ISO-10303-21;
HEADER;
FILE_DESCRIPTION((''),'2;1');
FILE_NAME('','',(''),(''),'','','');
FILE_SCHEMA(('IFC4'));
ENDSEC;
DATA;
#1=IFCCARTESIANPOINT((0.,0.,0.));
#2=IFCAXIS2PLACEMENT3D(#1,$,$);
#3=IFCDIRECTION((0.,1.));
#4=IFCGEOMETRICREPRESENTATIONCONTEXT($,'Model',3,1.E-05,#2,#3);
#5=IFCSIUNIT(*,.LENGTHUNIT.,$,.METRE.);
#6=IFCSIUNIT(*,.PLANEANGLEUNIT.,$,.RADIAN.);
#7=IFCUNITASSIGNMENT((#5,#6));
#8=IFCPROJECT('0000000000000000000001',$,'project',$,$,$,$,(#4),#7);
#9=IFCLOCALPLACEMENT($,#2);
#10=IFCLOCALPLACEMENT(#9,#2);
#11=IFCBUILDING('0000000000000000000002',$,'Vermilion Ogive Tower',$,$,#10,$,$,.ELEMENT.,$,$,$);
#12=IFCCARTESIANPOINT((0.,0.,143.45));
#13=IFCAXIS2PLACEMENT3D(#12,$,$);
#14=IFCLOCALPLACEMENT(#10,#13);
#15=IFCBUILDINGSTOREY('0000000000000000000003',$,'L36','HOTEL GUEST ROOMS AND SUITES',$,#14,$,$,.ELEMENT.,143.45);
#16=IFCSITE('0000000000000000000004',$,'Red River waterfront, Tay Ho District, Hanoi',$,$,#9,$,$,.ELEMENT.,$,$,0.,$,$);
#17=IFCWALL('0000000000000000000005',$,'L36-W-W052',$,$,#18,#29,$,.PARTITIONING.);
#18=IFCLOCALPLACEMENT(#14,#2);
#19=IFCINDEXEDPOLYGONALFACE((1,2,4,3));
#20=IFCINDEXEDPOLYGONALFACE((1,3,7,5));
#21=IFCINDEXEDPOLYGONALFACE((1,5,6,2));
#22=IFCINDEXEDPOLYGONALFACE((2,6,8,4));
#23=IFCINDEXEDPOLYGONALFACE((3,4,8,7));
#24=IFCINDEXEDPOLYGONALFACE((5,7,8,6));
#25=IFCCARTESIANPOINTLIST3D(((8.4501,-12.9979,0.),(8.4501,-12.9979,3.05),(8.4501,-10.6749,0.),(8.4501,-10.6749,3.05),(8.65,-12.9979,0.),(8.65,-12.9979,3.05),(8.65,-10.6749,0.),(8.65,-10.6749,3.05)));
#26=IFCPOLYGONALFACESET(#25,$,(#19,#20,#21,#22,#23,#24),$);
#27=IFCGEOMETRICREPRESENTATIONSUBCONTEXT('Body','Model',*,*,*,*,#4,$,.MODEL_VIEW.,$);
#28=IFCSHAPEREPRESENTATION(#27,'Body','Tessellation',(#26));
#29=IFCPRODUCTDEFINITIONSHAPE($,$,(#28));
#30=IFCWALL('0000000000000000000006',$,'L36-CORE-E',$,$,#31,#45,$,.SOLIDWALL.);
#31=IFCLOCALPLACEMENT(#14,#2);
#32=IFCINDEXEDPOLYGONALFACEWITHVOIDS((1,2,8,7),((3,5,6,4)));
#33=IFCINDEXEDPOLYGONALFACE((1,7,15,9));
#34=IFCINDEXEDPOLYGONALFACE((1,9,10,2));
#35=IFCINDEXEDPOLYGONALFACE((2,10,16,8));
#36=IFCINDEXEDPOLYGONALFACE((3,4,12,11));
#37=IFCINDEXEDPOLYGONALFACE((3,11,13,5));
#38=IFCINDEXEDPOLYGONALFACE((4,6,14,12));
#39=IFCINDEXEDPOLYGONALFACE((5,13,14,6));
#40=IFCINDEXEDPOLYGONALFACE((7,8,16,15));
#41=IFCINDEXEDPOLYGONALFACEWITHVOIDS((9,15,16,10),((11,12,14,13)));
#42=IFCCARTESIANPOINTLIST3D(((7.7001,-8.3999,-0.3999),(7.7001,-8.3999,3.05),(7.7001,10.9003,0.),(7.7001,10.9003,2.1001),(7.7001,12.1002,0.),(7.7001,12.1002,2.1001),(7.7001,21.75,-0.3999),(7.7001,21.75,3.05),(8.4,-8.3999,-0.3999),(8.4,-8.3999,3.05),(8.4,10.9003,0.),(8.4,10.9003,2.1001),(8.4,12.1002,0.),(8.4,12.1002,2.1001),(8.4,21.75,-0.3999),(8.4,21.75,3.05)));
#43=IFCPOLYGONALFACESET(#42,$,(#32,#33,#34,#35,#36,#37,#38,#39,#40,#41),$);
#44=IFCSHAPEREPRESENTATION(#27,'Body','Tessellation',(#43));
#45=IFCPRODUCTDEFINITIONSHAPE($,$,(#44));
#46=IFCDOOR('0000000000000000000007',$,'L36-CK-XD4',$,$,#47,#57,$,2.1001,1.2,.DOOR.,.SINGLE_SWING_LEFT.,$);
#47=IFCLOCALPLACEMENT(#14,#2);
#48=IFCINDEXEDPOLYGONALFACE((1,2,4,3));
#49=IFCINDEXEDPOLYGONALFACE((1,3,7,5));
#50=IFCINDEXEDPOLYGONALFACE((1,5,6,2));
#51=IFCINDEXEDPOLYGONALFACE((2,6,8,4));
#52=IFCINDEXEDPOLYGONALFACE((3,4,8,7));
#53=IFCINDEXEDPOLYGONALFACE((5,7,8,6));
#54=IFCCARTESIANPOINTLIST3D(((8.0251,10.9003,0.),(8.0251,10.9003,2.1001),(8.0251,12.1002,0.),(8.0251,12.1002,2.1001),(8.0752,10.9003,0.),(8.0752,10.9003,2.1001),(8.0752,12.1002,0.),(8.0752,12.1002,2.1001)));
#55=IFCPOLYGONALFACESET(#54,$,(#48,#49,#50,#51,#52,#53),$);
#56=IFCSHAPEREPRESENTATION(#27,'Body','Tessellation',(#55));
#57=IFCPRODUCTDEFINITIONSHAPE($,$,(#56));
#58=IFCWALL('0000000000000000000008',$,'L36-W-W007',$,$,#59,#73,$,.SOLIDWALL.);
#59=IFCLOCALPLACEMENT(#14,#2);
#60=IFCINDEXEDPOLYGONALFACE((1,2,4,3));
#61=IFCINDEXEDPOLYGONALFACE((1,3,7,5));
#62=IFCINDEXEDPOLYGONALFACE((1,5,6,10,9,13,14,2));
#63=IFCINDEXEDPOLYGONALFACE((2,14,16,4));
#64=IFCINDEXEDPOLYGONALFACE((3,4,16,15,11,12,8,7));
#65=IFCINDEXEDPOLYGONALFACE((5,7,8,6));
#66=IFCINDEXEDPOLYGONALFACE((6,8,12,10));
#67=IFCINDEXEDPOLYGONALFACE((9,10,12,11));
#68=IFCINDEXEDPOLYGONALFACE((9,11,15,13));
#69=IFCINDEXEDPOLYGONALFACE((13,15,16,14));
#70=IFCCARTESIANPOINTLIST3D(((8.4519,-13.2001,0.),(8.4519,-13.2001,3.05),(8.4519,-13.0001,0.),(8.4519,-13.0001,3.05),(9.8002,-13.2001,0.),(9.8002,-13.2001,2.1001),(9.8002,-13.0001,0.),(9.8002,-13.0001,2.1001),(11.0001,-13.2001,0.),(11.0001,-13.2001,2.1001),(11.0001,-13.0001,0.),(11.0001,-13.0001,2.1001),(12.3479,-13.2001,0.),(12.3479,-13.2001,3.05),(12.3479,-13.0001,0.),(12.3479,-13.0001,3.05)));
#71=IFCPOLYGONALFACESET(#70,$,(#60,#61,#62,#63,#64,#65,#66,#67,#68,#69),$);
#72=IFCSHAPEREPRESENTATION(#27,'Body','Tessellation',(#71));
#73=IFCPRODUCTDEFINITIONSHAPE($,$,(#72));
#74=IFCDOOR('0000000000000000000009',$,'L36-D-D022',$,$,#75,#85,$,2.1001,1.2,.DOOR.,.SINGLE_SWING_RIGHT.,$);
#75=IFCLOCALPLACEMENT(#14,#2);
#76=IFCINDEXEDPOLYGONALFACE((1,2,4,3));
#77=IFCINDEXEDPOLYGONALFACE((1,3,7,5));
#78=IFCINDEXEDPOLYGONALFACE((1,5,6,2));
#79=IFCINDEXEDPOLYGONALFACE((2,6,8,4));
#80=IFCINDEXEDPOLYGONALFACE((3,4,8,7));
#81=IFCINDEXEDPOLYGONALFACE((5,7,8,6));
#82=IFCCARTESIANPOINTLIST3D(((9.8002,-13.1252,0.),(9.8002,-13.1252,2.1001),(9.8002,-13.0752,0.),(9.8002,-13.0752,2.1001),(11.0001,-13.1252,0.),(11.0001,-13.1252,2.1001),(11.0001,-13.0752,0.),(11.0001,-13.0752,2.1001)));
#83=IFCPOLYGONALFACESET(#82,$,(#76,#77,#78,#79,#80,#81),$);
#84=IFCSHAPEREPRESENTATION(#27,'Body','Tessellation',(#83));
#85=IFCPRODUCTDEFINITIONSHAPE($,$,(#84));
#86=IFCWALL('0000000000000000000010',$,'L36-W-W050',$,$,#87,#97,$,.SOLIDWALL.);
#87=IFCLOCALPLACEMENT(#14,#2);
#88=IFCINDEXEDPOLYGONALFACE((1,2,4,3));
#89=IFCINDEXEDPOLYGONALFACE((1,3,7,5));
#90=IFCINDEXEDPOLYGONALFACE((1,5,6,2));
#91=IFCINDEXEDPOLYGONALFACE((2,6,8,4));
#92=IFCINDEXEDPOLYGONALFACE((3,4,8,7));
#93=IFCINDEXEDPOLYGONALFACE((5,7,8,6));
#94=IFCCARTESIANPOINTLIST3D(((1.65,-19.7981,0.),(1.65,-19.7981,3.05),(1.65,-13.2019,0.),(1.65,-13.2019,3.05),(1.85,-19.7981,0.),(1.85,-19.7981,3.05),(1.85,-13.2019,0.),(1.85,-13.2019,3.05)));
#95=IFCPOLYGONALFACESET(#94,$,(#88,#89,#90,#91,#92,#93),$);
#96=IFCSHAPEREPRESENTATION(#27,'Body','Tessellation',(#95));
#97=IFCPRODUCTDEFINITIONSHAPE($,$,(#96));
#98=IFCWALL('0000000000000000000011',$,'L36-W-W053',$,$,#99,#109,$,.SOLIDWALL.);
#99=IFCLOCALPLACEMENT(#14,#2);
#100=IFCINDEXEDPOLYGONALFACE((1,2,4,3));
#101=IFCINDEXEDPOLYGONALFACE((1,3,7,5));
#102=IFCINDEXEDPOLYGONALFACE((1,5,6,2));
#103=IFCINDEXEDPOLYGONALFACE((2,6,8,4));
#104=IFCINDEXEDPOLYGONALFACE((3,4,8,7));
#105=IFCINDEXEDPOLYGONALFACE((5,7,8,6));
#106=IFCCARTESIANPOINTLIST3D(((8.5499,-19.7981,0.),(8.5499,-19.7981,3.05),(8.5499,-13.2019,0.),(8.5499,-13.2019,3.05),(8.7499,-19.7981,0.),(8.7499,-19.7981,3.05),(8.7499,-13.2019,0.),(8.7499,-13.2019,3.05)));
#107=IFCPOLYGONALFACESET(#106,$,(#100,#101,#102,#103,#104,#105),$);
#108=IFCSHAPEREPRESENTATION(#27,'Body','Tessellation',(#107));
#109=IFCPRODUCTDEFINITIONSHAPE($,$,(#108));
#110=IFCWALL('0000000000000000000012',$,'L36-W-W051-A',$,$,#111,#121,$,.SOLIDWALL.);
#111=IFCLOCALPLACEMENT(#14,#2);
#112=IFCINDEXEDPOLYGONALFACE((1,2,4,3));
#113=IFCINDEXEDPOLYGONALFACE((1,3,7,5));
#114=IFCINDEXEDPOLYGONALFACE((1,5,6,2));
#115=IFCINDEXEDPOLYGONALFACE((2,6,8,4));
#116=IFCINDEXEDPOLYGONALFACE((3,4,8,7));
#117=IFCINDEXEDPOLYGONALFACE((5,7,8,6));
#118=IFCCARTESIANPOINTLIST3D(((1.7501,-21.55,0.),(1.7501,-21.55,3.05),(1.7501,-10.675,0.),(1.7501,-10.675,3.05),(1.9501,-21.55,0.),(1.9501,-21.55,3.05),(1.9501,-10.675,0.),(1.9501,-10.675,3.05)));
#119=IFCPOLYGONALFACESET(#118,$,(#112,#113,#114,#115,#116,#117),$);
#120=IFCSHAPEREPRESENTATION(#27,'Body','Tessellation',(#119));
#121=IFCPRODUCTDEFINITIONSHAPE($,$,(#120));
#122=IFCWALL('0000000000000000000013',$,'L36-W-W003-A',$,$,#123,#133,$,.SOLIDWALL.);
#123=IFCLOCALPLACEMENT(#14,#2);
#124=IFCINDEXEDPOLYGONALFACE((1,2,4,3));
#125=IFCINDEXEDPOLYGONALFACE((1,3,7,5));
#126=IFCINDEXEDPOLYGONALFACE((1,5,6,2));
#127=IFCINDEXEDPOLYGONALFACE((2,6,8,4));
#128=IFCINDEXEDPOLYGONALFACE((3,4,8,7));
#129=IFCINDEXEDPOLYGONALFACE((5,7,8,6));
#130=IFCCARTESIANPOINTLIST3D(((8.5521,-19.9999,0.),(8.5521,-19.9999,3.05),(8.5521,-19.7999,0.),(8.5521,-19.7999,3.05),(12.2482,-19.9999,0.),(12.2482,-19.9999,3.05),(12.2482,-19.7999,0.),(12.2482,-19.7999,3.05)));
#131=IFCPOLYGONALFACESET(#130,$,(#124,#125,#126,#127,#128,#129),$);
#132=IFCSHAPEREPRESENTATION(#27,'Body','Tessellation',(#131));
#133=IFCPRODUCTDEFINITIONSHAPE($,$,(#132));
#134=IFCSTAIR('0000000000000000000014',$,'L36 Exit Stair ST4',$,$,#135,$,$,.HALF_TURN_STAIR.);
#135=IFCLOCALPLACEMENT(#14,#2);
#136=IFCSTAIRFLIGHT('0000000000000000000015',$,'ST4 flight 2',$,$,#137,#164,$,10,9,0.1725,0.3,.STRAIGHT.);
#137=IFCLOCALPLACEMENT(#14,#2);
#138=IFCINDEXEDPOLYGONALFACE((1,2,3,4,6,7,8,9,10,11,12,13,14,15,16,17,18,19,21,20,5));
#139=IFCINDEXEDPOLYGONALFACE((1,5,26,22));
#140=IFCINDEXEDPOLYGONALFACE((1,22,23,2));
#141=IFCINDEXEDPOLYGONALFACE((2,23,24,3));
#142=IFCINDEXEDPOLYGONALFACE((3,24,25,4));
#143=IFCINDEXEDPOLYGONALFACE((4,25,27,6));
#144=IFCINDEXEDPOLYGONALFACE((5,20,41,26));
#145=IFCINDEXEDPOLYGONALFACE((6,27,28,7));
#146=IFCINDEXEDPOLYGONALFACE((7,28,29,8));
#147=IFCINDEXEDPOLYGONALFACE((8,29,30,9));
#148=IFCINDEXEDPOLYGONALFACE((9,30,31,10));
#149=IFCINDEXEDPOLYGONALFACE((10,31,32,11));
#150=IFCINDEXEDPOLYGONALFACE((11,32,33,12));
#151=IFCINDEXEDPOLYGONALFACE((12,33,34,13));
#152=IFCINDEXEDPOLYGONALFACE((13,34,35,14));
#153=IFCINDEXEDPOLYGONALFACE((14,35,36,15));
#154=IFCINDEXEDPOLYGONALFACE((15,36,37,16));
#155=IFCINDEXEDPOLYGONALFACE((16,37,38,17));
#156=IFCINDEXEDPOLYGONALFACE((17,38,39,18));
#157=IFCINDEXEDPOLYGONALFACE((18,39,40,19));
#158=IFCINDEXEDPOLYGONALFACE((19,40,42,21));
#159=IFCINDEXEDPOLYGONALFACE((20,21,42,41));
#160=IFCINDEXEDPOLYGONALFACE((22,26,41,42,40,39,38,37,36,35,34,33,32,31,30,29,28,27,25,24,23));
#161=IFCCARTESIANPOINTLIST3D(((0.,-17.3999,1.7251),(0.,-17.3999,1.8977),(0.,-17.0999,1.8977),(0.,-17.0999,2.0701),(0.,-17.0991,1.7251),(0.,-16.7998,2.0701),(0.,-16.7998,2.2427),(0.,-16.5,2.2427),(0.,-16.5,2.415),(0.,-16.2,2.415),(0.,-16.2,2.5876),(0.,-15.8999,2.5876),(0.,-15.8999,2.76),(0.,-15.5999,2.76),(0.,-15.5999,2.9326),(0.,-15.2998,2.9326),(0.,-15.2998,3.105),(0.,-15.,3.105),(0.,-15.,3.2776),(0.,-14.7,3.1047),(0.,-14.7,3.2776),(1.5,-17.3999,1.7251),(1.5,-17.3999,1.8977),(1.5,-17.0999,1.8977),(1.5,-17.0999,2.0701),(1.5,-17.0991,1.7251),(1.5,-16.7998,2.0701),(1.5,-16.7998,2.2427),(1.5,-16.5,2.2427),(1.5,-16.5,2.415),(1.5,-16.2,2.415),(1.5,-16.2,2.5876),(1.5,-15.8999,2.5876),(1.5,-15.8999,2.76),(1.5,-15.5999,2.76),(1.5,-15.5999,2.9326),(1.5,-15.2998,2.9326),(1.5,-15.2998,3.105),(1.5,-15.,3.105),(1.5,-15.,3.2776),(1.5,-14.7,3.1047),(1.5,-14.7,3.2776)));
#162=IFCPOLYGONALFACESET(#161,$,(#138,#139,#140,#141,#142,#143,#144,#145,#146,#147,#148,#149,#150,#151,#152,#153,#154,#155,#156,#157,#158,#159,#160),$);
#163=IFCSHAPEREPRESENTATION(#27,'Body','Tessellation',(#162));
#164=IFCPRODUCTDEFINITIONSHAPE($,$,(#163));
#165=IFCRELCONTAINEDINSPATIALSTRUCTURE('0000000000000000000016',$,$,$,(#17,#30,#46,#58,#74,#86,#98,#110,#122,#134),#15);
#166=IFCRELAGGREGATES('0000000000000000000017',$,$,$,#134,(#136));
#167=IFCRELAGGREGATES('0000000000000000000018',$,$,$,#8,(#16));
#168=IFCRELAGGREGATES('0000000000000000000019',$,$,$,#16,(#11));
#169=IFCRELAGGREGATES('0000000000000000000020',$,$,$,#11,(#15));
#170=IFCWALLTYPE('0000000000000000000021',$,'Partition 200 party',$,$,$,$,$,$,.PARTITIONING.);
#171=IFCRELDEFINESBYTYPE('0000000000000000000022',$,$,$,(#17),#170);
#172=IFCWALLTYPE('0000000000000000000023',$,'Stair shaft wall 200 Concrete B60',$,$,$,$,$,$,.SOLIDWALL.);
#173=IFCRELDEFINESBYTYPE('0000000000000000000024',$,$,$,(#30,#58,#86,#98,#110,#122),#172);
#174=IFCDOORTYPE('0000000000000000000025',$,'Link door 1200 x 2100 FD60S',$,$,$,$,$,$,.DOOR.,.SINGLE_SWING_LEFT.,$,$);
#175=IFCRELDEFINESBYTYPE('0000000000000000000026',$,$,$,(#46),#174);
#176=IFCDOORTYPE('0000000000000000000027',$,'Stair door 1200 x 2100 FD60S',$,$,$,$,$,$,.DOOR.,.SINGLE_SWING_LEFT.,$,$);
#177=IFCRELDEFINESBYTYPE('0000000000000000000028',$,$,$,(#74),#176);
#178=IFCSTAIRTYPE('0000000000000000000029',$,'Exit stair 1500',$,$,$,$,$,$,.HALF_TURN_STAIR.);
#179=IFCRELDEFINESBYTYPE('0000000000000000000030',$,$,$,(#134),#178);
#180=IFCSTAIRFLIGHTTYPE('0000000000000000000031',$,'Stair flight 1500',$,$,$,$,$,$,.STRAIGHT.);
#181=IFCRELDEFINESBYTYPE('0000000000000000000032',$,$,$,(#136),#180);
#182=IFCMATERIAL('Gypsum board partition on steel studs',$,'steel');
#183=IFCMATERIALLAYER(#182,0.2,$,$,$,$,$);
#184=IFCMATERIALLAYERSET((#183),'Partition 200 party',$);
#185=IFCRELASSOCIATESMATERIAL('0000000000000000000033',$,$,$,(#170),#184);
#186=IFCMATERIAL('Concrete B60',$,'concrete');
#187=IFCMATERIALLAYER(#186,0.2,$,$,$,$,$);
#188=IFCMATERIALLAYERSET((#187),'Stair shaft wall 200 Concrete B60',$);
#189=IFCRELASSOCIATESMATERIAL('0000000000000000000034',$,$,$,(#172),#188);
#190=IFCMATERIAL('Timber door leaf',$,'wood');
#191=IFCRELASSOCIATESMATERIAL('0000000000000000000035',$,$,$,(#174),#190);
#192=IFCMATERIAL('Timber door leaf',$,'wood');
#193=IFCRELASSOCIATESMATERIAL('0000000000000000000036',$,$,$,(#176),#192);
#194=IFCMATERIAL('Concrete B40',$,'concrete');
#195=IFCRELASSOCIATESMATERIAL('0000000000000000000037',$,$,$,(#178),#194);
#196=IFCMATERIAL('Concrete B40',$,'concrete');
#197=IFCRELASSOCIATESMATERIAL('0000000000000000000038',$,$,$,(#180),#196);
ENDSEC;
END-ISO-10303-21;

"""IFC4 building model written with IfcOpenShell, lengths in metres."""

from ifc_helpers import new_model, si_unit, direction, frame, frame_2d, origin, place, context, subcontext, project, spatial, polyline, rectangle, outline, extrude, material, layer, layer_set, type_object, element, fill, aggregate, save


model = new_model("IFC4")

# Units and contexts
model_context = context("Model", 3, precision=1e-05, world=origin(), true_north=direction((0.0, 1.0)))
body_context = subcontext(model_context, "Body", "Model", "MODEL_VIEW")
ifc_project = project(units=[si_unit("LENGTHUNIT", "METRE"), si_unit("PLANEANGLEUNIT", "RADIAN")], contexts=[model_context])

# Site, building, storey
site_placement = place(None, origin())
site = spatial("IfcSite", under=ifc_project, at=site_placement, Name="Red River waterfront, Tay Ho District, Hanoi", CompositionType="ELEMENT", RefElevation=0.0)
building_placement = place(site_placement, origin())
building = spatial("IfcBuilding", under=site, at=building_placement, Name="Vermilion Ogive Tower", CompositionType="ELEMENT")
storey_placement = place(building_placement, frame((0.0, 0.0, 143.45)))
storey = spatial("IfcBuildingStorey", under=building, at=storey_placement, Name="L36", Description="HOTEL GUEST ROOMS AND SUITES", CompositionType="ELEMENT", Elevation=143.45)

# Wall
ifc_material_1 = material(Name="Gypsum board partition on steel studs", Category="steel")
ifc_layer_1 = layer(ifc_material_1, 0.2)
ifc_layer_set_1 = layer_set([ifc_layer_1], Name="Partition 200 party")
wall_type_1 = type_object("IfcWallType", Name="Partition 200 party", PredefinedType="PARTITIONING", material=ifc_layer_set_1)
wall_1_placement = place(storey_placement, frame((8.55, -12.998, 0.0), z_axis=(0.0, 0.0, 1.0), x_axis=(0.0, 1.0, 0.0)))
element("IfcWall", 1, at=wall_1_placement, inside=storey, type_object=wall_type_1, Name="L36-W-W052", PredefinedType="PARTITIONING", context=body_context, shape_type="SweptSolid", body=[
    extrude(rectangle(XDim=2.323, YDim=0.2, at=frame_2d((1.1616, 0.0))), origin(), (0.0, 0.0, 1.0), 3.05),
])

# Walls, openings, doors
ifc_material_2 = material(Name="Concrete B60", Category="concrete")
ifc_layer_2 = layer(ifc_material_2, 0.2)
ifc_layer_set_2 = layer_set([ifc_layer_2], Name="Stair shaft wall 200 Concrete B60")
wall_type_2 = type_object("IfcWallType", Name="Stair shaft wall 200 Concrete B60", PredefinedType="SOLIDWALL", material=ifc_layer_set_2)
wall_2_placement = place(storey_placement, frame((8.05, -8.3999, -0.3999), z_axis=(0.0, 0.0, 1.0), x_axis=(0.0, 1.0, 0.0)))
wall_2 = element("IfcWall", 2, at=wall_2_placement, inside=storey, type_object=wall_type_2, Name="L36-CORE-E", PredefinedType="SOLIDWALL", context=body_context, shape_type="SweptSolid", body=[
    extrude(rectangle(XDim=30.1499, YDim=0.7, at=frame_2d((15.075, 0.0))), origin(), (0.0, 0.0, 1.0), 3.45),
])
opening_1_placement = place(wall_2_placement, frame((19.3, 0.0, 0.3999)))
opening_1 = element("IfcOpeningElement", 3, at=opening_1_placement, cuts=wall_2, PredefinedType="OPENING", context=body_context, shape_type="SweptSolid", body=[
    extrude(rectangle(XDim=1.2, YDim=2.1001, at=frame_2d((0.6001, 1.05))), frame((0.0, 0.3599, 0.0), z_axis=(0.0, -1.0, 0.0), x_axis=(1.0, 0.0, 0.0)), (0.0, 0.0, 1.0), 0.72),
])
ifc_material_3 = material(Name="Timber door leaf", Category="wood")
door_type_1 = type_object("IfcDoorType", Name="Link door 1200 x 2100 FD60S", OperationType="SINGLE_SWING_LEFT", PredefinedType="DOOR", material=ifc_material_3)
door_1_placement = place(opening_1_placement, origin())
door_1 = element("IfcDoor", 4, at=door_1_placement, inside=storey, type_object=door_type_1, Name="L36-CK-XD4", OperationType="SINGLE_SWING_LEFT", OverallHeight=2.1001, OverallWidth=1.2, PredefinedType="DOOR", context=body_context, shape_type="SweptSolid", body=[
    extrude(rectangle(XDim=1.2, YDim=2.1001, at=frame_2d((0.6001, 1.05))), frame((0.0, 0.0249, 0.0), z_axis=(0.0, -1.0, 0.0), x_axis=(1.0, 0.0, 0.0)), (0.0, 0.0, 1.0), 0.05),
])
fill(opening_1, door_1)
wall_3_placement = place(storey_placement, frame((8.4519, -13.1001, 0.0), z_axis=(0.0, 0.0, 1.0), x_axis=(1.0, 0.0, 0.0)))
wall_3 = element("IfcWall", 5, at=wall_3_placement, inside=storey, type_object=wall_type_2, Name="L36-W-W007", PredefinedType="SOLIDWALL", context=body_context, shape_type="SweptSolid", body=[
    extrude(rectangle(XDim=3.896, YDim=0.2, at=frame_2d((1.948, 0.0))), origin(), (0.0, 0.0, 1.0), 3.05),
])
opening_2_placement = place(wall_3_placement, frame((1.3481, 0.0, 0.0)))
opening_2 = element("IfcOpeningElement", 6, at=opening_2_placement, cuts=wall_3, PredefinedType="OPENING", context=body_context, shape_type="SweptSolid", body=[
    extrude(rectangle(XDim=1.2, YDim=2.1001, at=frame_2d((0.6001, 1.05))), frame((0.0, 0.1099, 0.0), z_axis=(0.0, -1.0, 0.0), x_axis=(1.0, 0.0, 0.0)), (0.0, 0.0, 1.0), 0.22),
])
ifc_material_4 = material(Name="Timber door leaf", Category="wood")
door_type_2 = type_object("IfcDoorType", Name="Stair door 1200 x 2100 FD60S", OperationType="SINGLE_SWING_LEFT", PredefinedType="DOOR", material=ifc_material_4)
door_2_placement = place(opening_2_placement, origin())
door_2 = element("IfcDoor", 7, at=door_2_placement, inside=storey, type_object=door_type_2, Name="L36-D-D022", OperationType="SINGLE_SWING_RIGHT", OverallHeight=2.1001, OverallWidth=1.2, PredefinedType="DOOR", context=body_context, shape_type="SweptSolid", body=[
    extrude(rectangle(XDim=1.2, YDim=2.1001, at=frame_2d((0.6001, 1.05))), frame((0.0, 0.0249, 0.0), z_axis=(0.0, -1.0, 0.0), x_axis=(1.0, 0.0, 0.0)), (0.0, 0.0, 1.0), 0.05),
])
fill(opening_2, door_2)

# Walls
for number, where, z_axis, x_axis, name in (
    (8, (1.75, -19.7981, 0.0), (0.0, 0.0, 1.0), (0.0, 1.0, 0.0), "L36-W-W050"),
    (9, (8.6499, -19.7981, 0.0), (0.0, 0.0, 1.0), (0.0, 1.0, 0.0), "L36-W-W053"),
):
    element("IfcWall", number, at=place(storey_placement, frame(where, z_axis=z_axis, x_axis=x_axis)), inside=storey, type_object=wall_type_2, Name=name, PredefinedType="SOLIDWALL", context=body_context, shape_type="SweptSolid", body=[
        extrude(rectangle(XDim=6.5962, YDim=0.2, at=frame_2d((3.2981, 0.0))), origin(), (0.0, 0.0, 1.0), 3.05),
    ])
wall_4_placement = place(storey_placement, frame((1.8501, -21.55, 0.0), z_axis=(0.0, 0.0, 1.0), x_axis=(0.0, 1.0, 0.0)))
element("IfcWall", 10, at=wall_4_placement, inside=storey, type_object=wall_type_2, Name="L36-W-W051-A", PredefinedType="SOLIDWALL", context=body_context, shape_type="SweptSolid", body=[
    extrude(rectangle(XDim=10.875, YDim=0.2, at=frame_2d((5.4375, 0.0))), origin(), (0.0, 0.0, 1.0), 3.05),
])
wall_5_placement = place(storey_placement, frame((8.552, -19.8999, 0.0), z_axis=(0.0, 0.0, 1.0), x_axis=(1.0, 0.0, 0.0)))
element("IfcWall", 11, at=wall_5_placement, inside=storey, type_object=wall_type_2, Name="L36-W-W003-A", PredefinedType="SOLIDWALL", context=body_context, shape_type="SweptSolid", body=[
    extrude(rectangle(XDim=3.696, YDim=0.2, at=frame_2d((1.8481, 0.0))), origin(), (0.0, 0.0, 1.0), 3.05),
])

# Stair, stair flight
ifc_material_5 = material(Name="Concrete B40", Category="concrete")
stair_type = type_object("IfcStairType", Name="Exit stair 1500", PredefinedType="HALF_TURN_STAIR", material=ifc_material_5)
stair_placement = place(storey_placement, origin())
stair = element("IfcStair", 12, at=stair_placement, inside=storey, type_object=stair_type, Name="L36 Exit Stair ST4", PredefinedType="HALF_TURN_STAIR")
ifc_material_6 = material(Name="Concrete B40", Category="concrete")
stair_flight_type = type_object("IfcStairFlightType", Name="Stair flight 1500", PredefinedType="STRAIGHT", material=ifc_material_6)
stair_flight_placement = place(storey_placement, frame((0.75, -17.3999, 1.7251), z_axis=(0.0, 0.0, 1.0), x_axis=(0.0, 1.0, 0.0)))
stair_flight = element("IfcStairFlight", 13, at=stair_flight_placement, type_object=stair_flight_type, Name="ST4 flight 2", NumberOfRisers=10, NumberOfTreads=9, PredefinedType="STRAIGHT", RiserHeight=0.1725, TreadLength=0.3, context=body_context, shape_type="SweptSolid", body=[
    extrude(outline(polyline([(0.0, 0.0), (0.0, 0.1726), (0.3, 0.1726), (0.3, 0.345), (0.6001, 0.345), (0.6001, 0.5176), (0.8999, 0.5176), (0.8999, 0.6899), (1.2, 0.6899), (1.2, 0.8625), (1.5, 0.8625), (1.5, 1.0349), (1.8, 1.0349), (1.8, 1.2075), (2.1001, 1.2075), (2.1001, 1.3799), (2.3999, 1.3799), (2.3999, 1.5525), (2.7, 1.5525), (2.7, 1.7251), (2.7, 1.3796), (0.3008, 0.0), (0.0, 0.0)])), frame((0.0, 0.75, 0.0), z_axis=(0.0, -1.0, 0.0), x_axis=(1.0, 0.0, 0.0)), (0.0, 0.0, 1.0), 1.5),
])
aggregate(stair, [stair_flight])

save(model, "model.ifc")
